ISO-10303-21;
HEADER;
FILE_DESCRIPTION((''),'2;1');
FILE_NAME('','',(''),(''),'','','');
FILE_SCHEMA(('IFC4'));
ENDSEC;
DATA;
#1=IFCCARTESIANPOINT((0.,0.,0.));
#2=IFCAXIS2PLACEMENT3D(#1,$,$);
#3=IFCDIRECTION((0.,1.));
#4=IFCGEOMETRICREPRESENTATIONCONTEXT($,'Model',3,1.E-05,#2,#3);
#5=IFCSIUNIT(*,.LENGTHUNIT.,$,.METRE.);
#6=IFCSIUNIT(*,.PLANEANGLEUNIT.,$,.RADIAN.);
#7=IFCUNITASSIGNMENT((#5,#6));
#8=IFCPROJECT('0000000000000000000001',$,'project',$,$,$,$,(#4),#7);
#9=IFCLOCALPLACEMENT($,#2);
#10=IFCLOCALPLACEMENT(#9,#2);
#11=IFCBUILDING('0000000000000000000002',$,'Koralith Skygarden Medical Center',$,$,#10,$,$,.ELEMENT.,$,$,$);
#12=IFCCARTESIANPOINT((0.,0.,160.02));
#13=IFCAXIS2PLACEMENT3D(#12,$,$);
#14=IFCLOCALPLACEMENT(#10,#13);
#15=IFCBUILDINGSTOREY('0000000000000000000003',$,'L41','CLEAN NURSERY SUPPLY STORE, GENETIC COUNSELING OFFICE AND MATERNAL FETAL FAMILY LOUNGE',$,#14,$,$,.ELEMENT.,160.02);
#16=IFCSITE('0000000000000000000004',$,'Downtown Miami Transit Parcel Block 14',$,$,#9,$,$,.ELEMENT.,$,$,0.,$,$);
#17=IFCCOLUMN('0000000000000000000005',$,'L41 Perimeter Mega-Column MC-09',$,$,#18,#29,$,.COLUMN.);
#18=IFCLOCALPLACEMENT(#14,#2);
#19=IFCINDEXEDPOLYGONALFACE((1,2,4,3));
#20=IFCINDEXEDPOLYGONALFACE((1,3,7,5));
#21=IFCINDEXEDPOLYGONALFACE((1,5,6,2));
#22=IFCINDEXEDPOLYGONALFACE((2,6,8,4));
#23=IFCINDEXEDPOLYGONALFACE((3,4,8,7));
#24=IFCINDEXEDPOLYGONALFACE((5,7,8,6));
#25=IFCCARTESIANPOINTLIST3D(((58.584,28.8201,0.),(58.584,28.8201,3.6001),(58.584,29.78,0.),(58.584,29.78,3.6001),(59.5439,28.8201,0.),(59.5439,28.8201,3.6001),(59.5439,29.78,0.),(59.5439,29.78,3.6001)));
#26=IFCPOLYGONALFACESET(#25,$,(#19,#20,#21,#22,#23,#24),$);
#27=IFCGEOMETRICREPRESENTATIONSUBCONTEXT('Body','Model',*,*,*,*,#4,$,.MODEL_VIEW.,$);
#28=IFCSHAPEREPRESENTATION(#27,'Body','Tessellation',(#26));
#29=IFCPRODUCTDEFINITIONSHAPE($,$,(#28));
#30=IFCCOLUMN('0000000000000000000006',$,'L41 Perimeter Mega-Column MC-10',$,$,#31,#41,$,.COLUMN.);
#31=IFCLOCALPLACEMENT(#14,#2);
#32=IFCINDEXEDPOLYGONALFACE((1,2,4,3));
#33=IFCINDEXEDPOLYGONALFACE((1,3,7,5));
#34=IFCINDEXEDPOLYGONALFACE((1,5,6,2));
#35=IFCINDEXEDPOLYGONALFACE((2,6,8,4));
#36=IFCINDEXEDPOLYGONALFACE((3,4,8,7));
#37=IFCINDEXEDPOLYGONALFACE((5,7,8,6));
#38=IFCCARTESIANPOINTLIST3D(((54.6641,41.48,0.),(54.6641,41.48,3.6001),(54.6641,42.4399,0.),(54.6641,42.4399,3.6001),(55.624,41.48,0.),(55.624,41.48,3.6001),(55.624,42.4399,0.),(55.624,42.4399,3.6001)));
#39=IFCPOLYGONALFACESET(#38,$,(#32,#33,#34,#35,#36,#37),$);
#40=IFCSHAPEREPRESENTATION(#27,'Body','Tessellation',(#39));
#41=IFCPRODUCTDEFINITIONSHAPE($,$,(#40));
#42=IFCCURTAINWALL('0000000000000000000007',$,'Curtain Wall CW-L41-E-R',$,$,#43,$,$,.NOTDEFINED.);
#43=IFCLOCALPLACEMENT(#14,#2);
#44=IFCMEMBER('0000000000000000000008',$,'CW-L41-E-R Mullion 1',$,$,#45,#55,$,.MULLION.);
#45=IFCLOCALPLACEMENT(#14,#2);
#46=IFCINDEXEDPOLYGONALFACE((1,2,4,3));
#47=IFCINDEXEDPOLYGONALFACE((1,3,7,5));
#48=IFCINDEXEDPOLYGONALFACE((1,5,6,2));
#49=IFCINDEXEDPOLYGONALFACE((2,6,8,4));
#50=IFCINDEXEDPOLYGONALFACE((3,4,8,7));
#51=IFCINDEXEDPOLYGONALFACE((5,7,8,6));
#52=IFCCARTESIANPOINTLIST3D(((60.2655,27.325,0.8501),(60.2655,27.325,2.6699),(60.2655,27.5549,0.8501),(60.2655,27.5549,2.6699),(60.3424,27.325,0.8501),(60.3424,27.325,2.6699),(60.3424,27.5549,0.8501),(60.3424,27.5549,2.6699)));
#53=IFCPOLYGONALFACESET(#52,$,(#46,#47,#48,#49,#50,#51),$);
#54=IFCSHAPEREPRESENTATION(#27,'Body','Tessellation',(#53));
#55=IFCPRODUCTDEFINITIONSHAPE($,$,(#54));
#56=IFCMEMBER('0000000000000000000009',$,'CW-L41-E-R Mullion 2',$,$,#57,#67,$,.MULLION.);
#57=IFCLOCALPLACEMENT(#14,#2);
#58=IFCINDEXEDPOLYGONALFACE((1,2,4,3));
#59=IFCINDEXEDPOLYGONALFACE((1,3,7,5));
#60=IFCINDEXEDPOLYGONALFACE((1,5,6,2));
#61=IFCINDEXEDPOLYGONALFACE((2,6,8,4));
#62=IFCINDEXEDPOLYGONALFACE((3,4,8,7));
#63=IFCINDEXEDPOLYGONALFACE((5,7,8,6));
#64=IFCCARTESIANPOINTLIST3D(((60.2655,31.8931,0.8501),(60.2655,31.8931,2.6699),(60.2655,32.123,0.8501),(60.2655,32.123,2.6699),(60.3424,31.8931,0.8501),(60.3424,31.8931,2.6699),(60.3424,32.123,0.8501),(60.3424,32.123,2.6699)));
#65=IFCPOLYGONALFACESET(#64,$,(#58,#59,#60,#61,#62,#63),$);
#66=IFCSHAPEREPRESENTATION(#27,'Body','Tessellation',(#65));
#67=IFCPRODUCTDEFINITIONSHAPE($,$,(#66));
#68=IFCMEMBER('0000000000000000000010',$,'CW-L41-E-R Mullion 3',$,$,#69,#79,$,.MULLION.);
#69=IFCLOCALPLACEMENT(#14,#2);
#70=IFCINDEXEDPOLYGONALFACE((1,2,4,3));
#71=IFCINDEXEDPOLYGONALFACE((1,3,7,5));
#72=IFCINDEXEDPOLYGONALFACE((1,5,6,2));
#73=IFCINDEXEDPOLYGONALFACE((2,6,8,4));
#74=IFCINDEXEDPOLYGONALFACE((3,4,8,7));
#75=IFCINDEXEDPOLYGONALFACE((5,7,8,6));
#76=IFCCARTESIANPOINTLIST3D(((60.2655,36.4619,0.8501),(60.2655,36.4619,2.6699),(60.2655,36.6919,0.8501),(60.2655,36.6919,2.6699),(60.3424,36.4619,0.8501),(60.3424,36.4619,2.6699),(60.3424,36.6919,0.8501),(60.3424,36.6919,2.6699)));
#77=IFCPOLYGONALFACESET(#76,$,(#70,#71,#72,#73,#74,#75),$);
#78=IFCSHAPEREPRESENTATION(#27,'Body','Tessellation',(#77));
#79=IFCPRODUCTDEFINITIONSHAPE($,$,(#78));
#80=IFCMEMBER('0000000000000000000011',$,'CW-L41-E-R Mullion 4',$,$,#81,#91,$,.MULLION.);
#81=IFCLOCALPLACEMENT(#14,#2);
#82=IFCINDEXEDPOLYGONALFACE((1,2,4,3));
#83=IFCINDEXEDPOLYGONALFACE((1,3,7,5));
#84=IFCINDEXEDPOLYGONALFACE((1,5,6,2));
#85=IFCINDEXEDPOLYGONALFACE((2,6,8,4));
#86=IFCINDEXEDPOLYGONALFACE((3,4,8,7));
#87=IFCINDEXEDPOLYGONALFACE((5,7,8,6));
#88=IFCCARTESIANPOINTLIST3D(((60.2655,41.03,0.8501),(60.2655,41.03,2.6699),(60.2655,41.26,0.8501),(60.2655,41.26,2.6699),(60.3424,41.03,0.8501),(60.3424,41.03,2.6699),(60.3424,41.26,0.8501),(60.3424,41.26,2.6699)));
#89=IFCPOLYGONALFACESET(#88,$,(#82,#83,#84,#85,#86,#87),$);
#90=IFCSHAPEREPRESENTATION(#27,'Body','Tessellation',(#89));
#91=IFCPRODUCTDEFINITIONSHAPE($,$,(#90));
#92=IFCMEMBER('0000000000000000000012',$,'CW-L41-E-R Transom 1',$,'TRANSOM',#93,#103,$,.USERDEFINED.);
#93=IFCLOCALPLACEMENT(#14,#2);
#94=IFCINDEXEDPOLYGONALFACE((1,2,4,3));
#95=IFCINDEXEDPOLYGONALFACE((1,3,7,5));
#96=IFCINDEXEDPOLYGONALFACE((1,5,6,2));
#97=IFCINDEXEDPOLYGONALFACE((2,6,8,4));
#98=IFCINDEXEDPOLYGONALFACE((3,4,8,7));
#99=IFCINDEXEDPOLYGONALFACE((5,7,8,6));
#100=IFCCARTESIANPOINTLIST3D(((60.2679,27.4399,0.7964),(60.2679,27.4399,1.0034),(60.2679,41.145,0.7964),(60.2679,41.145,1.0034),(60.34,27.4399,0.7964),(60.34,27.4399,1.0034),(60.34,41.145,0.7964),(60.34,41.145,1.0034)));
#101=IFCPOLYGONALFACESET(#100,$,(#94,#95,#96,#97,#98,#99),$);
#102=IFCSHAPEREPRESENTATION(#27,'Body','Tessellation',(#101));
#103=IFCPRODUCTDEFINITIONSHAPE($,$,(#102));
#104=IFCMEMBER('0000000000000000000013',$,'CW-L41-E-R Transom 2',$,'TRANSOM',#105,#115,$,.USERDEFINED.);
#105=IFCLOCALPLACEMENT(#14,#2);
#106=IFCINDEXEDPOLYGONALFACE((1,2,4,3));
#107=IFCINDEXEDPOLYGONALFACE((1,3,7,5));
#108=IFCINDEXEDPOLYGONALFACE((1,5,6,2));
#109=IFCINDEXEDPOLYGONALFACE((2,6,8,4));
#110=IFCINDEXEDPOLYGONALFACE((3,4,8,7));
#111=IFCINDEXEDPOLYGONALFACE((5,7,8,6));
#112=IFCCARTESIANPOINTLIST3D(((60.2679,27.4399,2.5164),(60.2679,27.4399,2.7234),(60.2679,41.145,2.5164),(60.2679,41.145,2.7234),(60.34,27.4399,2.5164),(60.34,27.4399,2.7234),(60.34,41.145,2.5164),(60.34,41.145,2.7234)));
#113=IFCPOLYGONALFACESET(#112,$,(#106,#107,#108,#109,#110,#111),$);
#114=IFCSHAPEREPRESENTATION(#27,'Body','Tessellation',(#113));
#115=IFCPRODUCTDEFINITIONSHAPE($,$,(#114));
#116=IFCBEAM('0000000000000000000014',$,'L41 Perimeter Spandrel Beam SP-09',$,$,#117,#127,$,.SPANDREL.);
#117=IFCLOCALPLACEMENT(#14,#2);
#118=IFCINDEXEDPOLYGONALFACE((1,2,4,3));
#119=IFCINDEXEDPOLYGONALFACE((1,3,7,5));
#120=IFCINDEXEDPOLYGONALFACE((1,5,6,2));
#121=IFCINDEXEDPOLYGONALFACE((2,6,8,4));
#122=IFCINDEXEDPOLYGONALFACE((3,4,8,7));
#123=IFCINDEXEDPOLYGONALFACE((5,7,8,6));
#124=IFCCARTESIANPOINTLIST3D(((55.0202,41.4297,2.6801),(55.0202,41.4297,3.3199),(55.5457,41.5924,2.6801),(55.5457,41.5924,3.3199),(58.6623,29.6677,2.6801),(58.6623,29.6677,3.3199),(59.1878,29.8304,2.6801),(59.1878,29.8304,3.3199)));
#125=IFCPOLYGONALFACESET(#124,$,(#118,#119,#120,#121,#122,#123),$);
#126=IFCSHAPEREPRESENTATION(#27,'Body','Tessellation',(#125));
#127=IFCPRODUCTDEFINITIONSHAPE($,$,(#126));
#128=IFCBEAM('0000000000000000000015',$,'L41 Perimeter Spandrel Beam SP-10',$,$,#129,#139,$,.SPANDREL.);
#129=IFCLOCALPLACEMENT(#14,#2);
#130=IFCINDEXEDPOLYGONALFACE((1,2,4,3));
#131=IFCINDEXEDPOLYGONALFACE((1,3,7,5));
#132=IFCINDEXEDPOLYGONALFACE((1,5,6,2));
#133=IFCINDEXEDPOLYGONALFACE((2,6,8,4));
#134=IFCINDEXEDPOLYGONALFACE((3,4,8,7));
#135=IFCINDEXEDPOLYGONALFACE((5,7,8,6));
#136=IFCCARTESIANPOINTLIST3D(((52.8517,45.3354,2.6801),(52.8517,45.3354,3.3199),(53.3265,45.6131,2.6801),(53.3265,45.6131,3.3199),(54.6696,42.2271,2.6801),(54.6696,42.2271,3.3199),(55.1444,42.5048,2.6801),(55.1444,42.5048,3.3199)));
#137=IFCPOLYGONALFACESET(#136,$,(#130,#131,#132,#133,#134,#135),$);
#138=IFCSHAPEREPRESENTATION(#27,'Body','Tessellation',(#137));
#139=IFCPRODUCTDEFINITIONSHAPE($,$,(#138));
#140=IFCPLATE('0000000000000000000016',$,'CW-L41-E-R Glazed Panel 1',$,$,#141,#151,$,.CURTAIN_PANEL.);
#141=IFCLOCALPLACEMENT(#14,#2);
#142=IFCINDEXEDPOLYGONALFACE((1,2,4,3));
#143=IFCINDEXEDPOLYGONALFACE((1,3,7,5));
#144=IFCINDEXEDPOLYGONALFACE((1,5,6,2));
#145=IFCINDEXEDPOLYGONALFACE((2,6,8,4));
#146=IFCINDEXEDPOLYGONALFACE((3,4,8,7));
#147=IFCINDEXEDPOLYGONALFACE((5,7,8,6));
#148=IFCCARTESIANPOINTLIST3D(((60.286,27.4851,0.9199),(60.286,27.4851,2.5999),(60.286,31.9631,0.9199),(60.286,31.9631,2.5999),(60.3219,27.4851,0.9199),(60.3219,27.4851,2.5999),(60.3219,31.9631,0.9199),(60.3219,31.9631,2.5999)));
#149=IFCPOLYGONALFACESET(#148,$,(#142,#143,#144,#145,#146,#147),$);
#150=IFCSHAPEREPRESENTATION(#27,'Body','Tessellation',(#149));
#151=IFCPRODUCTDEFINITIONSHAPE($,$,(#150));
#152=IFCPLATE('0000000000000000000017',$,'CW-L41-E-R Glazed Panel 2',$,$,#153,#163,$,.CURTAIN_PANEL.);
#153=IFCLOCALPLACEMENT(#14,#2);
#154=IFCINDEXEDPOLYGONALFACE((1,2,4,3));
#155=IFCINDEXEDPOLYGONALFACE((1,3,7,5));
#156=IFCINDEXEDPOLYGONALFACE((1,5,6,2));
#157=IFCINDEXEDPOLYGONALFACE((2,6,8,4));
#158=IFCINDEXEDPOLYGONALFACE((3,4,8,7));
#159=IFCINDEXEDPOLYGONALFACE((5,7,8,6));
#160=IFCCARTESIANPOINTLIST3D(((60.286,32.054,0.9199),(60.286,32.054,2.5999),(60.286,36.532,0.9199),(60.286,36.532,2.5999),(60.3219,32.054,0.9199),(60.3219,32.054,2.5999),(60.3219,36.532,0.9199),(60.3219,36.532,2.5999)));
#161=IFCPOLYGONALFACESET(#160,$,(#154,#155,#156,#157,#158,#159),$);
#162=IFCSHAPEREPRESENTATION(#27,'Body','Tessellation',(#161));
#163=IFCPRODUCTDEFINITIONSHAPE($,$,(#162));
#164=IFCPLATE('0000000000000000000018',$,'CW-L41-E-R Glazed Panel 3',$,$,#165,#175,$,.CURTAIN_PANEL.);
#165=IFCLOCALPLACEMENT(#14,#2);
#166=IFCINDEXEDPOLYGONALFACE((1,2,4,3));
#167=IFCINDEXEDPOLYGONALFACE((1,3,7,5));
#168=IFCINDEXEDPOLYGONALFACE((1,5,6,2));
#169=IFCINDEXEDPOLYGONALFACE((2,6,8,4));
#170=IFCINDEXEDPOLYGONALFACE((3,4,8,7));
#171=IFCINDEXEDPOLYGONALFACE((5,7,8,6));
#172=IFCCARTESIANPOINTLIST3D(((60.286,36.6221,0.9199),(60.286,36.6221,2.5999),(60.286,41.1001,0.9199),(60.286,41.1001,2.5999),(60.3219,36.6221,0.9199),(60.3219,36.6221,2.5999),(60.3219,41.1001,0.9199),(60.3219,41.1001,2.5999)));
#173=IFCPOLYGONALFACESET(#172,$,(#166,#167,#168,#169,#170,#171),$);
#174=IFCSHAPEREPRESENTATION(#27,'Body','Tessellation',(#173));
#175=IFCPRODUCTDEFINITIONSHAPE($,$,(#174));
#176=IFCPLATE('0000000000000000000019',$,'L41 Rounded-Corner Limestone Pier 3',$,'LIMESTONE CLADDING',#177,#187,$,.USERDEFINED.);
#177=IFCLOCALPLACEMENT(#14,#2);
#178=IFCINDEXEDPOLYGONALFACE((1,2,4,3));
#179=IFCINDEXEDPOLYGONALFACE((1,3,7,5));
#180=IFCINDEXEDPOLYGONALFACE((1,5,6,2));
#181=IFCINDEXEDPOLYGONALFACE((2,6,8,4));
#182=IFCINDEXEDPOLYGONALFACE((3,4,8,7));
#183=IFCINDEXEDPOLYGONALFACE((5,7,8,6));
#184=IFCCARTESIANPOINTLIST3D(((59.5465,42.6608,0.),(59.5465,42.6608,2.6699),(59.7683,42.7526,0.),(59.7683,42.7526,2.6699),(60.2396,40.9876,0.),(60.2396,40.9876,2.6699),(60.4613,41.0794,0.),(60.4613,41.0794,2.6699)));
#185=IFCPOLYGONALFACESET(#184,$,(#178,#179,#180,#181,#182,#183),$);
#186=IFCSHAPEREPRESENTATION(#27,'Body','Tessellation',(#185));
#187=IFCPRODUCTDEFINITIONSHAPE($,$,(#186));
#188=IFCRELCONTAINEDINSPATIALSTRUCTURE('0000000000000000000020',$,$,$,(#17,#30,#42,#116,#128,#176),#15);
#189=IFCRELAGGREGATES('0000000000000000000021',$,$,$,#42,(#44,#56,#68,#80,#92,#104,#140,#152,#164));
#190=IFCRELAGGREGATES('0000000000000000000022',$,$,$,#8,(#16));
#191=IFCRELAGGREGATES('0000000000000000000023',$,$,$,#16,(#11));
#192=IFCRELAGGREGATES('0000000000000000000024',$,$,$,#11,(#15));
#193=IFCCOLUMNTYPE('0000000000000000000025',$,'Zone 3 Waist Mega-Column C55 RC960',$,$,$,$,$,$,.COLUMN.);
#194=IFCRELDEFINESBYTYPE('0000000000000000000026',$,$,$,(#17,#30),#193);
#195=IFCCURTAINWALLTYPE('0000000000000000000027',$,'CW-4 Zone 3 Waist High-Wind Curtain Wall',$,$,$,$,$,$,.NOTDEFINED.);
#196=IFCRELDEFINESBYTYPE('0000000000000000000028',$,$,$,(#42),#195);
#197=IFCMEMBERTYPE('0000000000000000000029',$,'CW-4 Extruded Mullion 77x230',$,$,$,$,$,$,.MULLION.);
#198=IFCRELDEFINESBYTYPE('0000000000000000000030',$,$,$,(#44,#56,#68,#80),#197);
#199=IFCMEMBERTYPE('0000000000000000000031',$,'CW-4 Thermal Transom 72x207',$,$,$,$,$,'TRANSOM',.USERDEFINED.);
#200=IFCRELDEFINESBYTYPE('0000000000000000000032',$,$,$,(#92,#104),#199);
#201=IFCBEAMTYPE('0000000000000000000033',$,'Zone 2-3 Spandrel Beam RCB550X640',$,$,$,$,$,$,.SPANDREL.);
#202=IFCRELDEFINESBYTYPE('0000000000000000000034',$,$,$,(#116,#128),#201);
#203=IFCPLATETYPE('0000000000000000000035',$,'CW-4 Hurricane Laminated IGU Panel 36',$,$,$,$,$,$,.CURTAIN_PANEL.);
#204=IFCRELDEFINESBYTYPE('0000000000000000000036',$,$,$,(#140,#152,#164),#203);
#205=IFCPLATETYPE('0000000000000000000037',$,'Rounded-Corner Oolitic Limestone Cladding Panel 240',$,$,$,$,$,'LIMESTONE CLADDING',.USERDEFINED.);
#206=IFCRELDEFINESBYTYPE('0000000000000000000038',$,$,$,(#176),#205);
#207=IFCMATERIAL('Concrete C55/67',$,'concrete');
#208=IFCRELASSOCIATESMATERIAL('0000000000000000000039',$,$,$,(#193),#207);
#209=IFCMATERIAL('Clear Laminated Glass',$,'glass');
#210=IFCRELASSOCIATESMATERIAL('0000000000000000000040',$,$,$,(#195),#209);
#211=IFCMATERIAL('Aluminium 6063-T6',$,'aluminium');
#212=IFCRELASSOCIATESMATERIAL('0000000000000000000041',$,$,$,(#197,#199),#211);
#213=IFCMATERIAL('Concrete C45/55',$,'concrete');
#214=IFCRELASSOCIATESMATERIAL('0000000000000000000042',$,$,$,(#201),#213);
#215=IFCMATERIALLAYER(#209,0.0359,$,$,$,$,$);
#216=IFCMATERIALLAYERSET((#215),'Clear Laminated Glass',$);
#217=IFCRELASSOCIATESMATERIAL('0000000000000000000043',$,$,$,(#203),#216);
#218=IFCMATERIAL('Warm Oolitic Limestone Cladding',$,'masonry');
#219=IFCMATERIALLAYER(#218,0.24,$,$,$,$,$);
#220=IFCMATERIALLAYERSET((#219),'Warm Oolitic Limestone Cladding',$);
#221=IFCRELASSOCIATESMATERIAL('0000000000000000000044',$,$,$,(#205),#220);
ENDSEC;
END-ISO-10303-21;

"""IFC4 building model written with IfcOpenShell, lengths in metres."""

from ifc_helpers import new_model, si_unit, direction, frame, origin, origin_2d, place, context, subcontext, project, spatial, rectangle, extrude, material, layer, layer_set, material_profile, profile_set, type_object, element, aggregate, save


model = new_model("IFC4")

# Units and contexts
model_context = context("Model", 3, precision=1e-05, world=origin(), true_north=direction((0.0, 1.0)))
body_context = subcontext(model_context, "Body", "Model", "MODEL_VIEW")
ifc_project = project(units=[si_unit("LENGTHUNIT", "METRE"), si_unit("PLANEANGLEUNIT", "RADIAN")], contexts=[model_context])

# Site, building, storey
site_placement = place(None, origin())
site = spatial("IfcSite", under=ifc_project, at=site_placement, Name="Downtown Miami Transit Parcel Block 14", CompositionType="ELEMENT", RefElevation=0.0)
building_placement = place(site_placement, origin())
building = spatial("IfcBuilding", under=site, at=building_placement, Name="Koralith Skygarden Medical Center", CompositionType="ELEMENT")
storey_placement = place(building_placement, frame((0.0, 0.0, 160.02)))
storey = spatial("IfcBuildingStorey", under=building, at=storey_placement, Name="L41", Description="CLEAN NURSERY SUPPLY STORE, GENETIC COUNSELING OFFICE AND MATERNAL FETAL FAMILY LOUNGE", CompositionType="ELEMENT", Elevation=160.02)

# Columns
ifc_material_1 = material(Name="Concrete C55/67", Category="concrete")
ifc_material_profile_1 = material_profile(ifc_material_1, rectangle(XDim=0.96, YDim=0.96, at=origin_2d()), Name="RC960X960")
ifc_profile_set_1 = profile_set([ifc_material_profile_1], Name="Concrete C55/67")
column_type = type_object("IfcColumnType", Name="Zone 3 Waist Mega-Column C55 RC960", PredefinedType="COLUMN", material=ifc_profile_set_1)
for number, where, z_axis, x_axis, name in (
    (1, (59.064, 29.3, 0.0), (0.0, 0.0, 1.0), (1.0, 0.0, 0.0), "L41 Perimeter Mega-Column MC-09"),
    (2, (55.144, 41.96, 0.0), (0.0, 0.0, 1.0), (1.0, 0.0, 0.0), "L41 Perimeter Mega-Column MC-10"),
):
    element("IfcColumn", number, at=place(storey_placement, frame(where, z_axis=z_axis, x_axis=x_axis)), inside=storey, type_object=column_type, Name=name, PredefinedType="COLUMN", context=body_context, shape_type="SweptSolid", body=[
        extrude(rectangle(XDim=0.96, YDim=0.96, at=origin_2d()), origin(), (0.0, 0.0, 1.0), 3.6001),
    ])

# Curtain wall, members
ifc_material_2 = material(Name="Clear Laminated Glass", Category="glass")
curtain_wall_type = type_object("IfcCurtainWallType", Name="CW-4 Zone 3 Waist High-Wind Curtain Wall", PredefinedType="NOTDEFINED", material=ifc_material_2)
curtain_wall_placement = place(storey_placement, origin())
curtain_wall = element("IfcCurtainWall", 3, at=curtain_wall_placement, inside=storey, type_object=curtain_wall_type, Name="Curtain Wall CW-L41-E-R", PredefinedType="NOTDEFINED")
ifc_material_3 = material(Name="Aluminium 6063-T6", Category="aluminium")
ifc_material_profile_2 = material_profile(ifc_material_3, rectangle(XDim=0.0769, YDim=0.23, at=origin_2d()), Name="MUL77X230")
ifc_profile_set_2 = profile_set([ifc_material_profile_2], Name="Aluminium 6063-T6")
member_type_1 = type_object("IfcMemberType", Name="CW-4 Extruded Mullion 77x230", PredefinedType="MULLION", material=ifc_profile_set_2)
member_1_placement = place(storey_placement, frame((60.304, 27.4399, 0.8501), z_axis=(0.0, 0.0, 1.0), x_axis=(1.0, 0.0, 0.0)))
member_1 = element("IfcMember", 4, at=member_1_placement, type_object=member_type_1, Name="CW-L41-E-R Mullion 1", PredefinedType="MULLION", context=body_context, shape_type="SweptSolid", body=[
    extrude(rectangle(XDim=0.0769, YDim=0.23, at=origin_2d()), origin(), (0.0, 0.0, 1.0), 1.8198),
])
member_2_placement = place(storey_placement, frame((60.304, 32.0081, 0.8501), z_axis=(0.0, 0.0, 1.0), x_axis=(1.0, 0.0, 0.0)))
member_2 = element("IfcMember", 5, at=member_2_placement, type_object=member_type_1, Name="CW-L41-E-R Mullion 2", PredefinedType="MULLION", context=body_context, shape_type="SweptSolid", body=[
    extrude(rectangle(XDim=0.0769, YDim=0.23, at=origin_2d()), origin(), (0.0, 0.0, 1.0), 1.8198),
])
member_3_placement = place(storey_placement, frame((60.304, 36.5769, 0.8501), z_axis=(0.0, 0.0, 1.0), x_axis=(1.0, 0.0, 0.0)))
member_3 = element("IfcMember", 6, at=member_3_placement, type_object=member_type_1, Name="CW-L41-E-R Mullion 3", PredefinedType="MULLION", context=body_context, shape_type="SweptSolid", body=[
    extrude(rectangle(XDim=0.0769, YDim=0.23, at=origin_2d()), origin(), (0.0, 0.0, 1.0), 1.8198),
])
member_4_placement = place(storey_placement, frame((60.304, 41.145, 0.8501), z_axis=(0.0, 0.0, 1.0), x_axis=(1.0, 0.0, 0.0)))
member_4 = element("IfcMember", 7, at=member_4_placement, type_object=member_type_1, Name="CW-L41-E-R Mullion 4", PredefinedType="MULLION", context=body_context, shape_type="SweptSolid", body=[
    extrude(rectangle(XDim=0.0769, YDim=0.23, at=origin_2d()), origin(), (0.0, 0.0, 1.0), 1.8198),
])
ifc_material_profile_3 = material_profile(ifc_material_3, rectangle(XDim=0.072, YDim=0.207, at=origin_2d()), Name="TRN72X207")
ifc_profile_set_3 = profile_set([ifc_material_profile_3], Name="Aluminium 6063-T6")
member_type_2 = type_object("IfcMemberType", Name="CW-4 Thermal Transom 72x207", ElementType="TRANSOM", PredefinedType="USERDEFINED", material=ifc_profile_set_3)
member_5_placement = place(storey_placement, frame((60.304, 27.4399, 0.8999), z_axis=(0.0, 1.0, 0.0), x_axis=(-1.0, 0.0, 0.0)))
member_5 = element("IfcMember", 8, at=member_5_placement, type_object=member_type_2, Name="CW-L41-E-R Transom 1", ObjectType="TRANSOM", PredefinedType="USERDEFINED", context=body_context, shape_type="SweptSolid", body=[
    extrude(rectangle(XDim=0.072, YDim=0.207, at=origin_2d()), origin(), (0.0, 0.0, 1.0), 13.7051),
])
member_6_placement = place(storey_placement, frame((60.304, 27.4399, 2.6199), z_axis=(0.0, 1.0, 0.0), x_axis=(-1.0, 0.0, 0.0)))
member_6 = element("IfcMember", 9, at=member_6_placement, type_object=member_type_2, Name="CW-L41-E-R Transom 2", ObjectType="TRANSOM", PredefinedType="USERDEFINED", context=body_context, shape_type="SweptSolid", body=[
    extrude(rectangle(XDim=0.072, YDim=0.207, at=origin_2d()), origin(), (0.0, 0.0, 1.0), 13.7051),
])

# Beams
ifc_material_4 = material(Name="Concrete C45/55", Category="concrete")
ifc_material_profile_4 = material_profile(ifc_material_4, rectangle(XDim=0.55, YDim=0.6399, at=origin_2d()), Name="RCB550X640")
ifc_profile_set_4 = profile_set([ifc_material_profile_4], Name="Concrete C45/55")
beam_type = type_object("IfcBeamType", Name="Zone 2-3 Spandrel Beam RCB550X640", PredefinedType="SPANDREL", material=ifc_profile_set_4)
beam_1_placement = place(storey_placement, frame((58.925, 29.749, 3.0), z_axis=(-0.295794, 0.955252, 0.0), x_axis=(-0.955252, -0.295794, 0.0)))
element("IfcBeam", 10, at=beam_1_placement, inside=storey, type_object=beam_type, Name="L41 Perimeter Spandrel Beam SP-09", PredefinedType="SPANDREL", context=body_context, shape_type="SweptSolid", body=[
    extrude(rectangle(XDim=0.55, YDim=0.6399, at=origin_2d()), origin(), (0.0, 0.0, 1.0), 12.313),
])
beam_2_placement = place(storey_placement, frame((54.907, 42.366, 3.0), z_axis=(-0.504861, 0.8632, 0.0), x_axis=(-0.8632, -0.504861, 0.0)))
element("IfcBeam", 11, at=beam_2_placement, inside=storey, type_object=beam_type, Name="L41 Perimeter Spandrel Beam SP-10", PredefinedType="SPANDREL", context=body_context, shape_type="SweptSolid", body=[
    extrude(rectangle(XDim=0.55, YDim=0.6399, at=origin_2d()), origin(), (0.0, 0.0, 1.0), 3.6008),
])

# Plates
ifc_layer_1 = layer(ifc_material_2, 0.0359)
ifc_layer_set_1 = layer_set([ifc_layer_1], Name="Clear Laminated Glass")
plate_type_1 = type_object("IfcPlateType", Name="CW-4 Hurricane Laminated IGU Panel 36", PredefinedType="CURTAIN_PANEL", material=ifc_layer_set_1)
plate_1_placement = place(storey_placement, frame((60.304, 29.7241, 0.9199), z_axis=(0.0, 0.0, 1.0), x_axis=(0.0, 1.0, 0.0)))
plate_1 = element("IfcPlate", 12, at=plate_1_placement, type_object=plate_type_1, Name="CW-L41-E-R Glazed Panel 1", PredefinedType="CURTAIN_PANEL", context=body_context, shape_type="SweptSolid", body=[
    extrude(rectangle(XDim=4.478, YDim=0.0359, at=origin_2d()), origin(), (0.0, 0.0, 1.0), 1.6799),
])
plate_2_placement = place(storey_placement, frame((60.304, 34.293, 0.9199), z_axis=(0.0, 0.0, 1.0), x_axis=(0.0, 1.0, 0.0)))
plate_2 = element("IfcPlate", 13, at=plate_2_placement, type_object=plate_type_1, Name="CW-L41-E-R Glazed Panel 2", PredefinedType="CURTAIN_PANEL", context=body_context, shape_type="SweptSolid", body=[
    extrude(rectangle(XDim=4.478, YDim=0.0359, at=origin_2d()), origin(), (0.0, 0.0, 1.0), 1.6799),
])
plate_3_placement = place(storey_placement, frame((60.304, 38.8611, 0.9199), z_axis=(0.0, 0.0, 1.0), x_axis=(0.0, 1.0, 0.0)))
plate_3 = element("IfcPlate", 14, at=plate_3_placement, type_object=plate_type_1, Name="CW-L41-E-R Glazed Panel 3", PredefinedType="CURTAIN_PANEL", context=body_context, shape_type="SweptSolid", body=[
    extrude(rectangle(XDim=4.478, YDim=0.0359, at=origin_2d()), origin(), (0.0, 0.0, 1.0), 1.6799),
])
aggregate(curtain_wall, [member_1, member_2, member_3, member_4, member_5, member_6, plate_1, plate_2, plate_3])
ifc_material_5 = material(Name="Warm Oolitic Limestone Cladding", Category="masonry")
ifc_layer_2 = layer(ifc_material_5, 0.24)
ifc_layer_set_2 = layer_set([ifc_layer_2], Name="Warm Oolitic Limestone Cladding")
plate_type_2 = type_object("IfcPlateType", Name="Rounded-Corner Oolitic Limestone Cladding Panel 240", ElementType="LIMESTONE CLADDING", PredefinedType="USERDEFINED", material=ifc_layer_set_2)
plate_4_placement = place(storey_placement, frame((60.0039, 41.8701, 0.0), z_axis=(0.0, 0.0, 1.0), x_axis=(-0.382671, 0.923885, 0.0)))
element("IfcPlate", 15, at=plate_4_placement, inside=storey, type_object=plate_type_2, Name="L41 Rounded-Corner Limestone Pier 3", ObjectType="LIMESTONE CLADDING", PredefinedType="USERDEFINED", context=body_context, shape_type="SweptSolid", body=[
    extrude(rectangle(XDim=1.811, YDim=0.24, at=origin_2d()), origin(), (0.0, 0.0, 1.0), 2.6699),
])

save(model, "model.ifc")
